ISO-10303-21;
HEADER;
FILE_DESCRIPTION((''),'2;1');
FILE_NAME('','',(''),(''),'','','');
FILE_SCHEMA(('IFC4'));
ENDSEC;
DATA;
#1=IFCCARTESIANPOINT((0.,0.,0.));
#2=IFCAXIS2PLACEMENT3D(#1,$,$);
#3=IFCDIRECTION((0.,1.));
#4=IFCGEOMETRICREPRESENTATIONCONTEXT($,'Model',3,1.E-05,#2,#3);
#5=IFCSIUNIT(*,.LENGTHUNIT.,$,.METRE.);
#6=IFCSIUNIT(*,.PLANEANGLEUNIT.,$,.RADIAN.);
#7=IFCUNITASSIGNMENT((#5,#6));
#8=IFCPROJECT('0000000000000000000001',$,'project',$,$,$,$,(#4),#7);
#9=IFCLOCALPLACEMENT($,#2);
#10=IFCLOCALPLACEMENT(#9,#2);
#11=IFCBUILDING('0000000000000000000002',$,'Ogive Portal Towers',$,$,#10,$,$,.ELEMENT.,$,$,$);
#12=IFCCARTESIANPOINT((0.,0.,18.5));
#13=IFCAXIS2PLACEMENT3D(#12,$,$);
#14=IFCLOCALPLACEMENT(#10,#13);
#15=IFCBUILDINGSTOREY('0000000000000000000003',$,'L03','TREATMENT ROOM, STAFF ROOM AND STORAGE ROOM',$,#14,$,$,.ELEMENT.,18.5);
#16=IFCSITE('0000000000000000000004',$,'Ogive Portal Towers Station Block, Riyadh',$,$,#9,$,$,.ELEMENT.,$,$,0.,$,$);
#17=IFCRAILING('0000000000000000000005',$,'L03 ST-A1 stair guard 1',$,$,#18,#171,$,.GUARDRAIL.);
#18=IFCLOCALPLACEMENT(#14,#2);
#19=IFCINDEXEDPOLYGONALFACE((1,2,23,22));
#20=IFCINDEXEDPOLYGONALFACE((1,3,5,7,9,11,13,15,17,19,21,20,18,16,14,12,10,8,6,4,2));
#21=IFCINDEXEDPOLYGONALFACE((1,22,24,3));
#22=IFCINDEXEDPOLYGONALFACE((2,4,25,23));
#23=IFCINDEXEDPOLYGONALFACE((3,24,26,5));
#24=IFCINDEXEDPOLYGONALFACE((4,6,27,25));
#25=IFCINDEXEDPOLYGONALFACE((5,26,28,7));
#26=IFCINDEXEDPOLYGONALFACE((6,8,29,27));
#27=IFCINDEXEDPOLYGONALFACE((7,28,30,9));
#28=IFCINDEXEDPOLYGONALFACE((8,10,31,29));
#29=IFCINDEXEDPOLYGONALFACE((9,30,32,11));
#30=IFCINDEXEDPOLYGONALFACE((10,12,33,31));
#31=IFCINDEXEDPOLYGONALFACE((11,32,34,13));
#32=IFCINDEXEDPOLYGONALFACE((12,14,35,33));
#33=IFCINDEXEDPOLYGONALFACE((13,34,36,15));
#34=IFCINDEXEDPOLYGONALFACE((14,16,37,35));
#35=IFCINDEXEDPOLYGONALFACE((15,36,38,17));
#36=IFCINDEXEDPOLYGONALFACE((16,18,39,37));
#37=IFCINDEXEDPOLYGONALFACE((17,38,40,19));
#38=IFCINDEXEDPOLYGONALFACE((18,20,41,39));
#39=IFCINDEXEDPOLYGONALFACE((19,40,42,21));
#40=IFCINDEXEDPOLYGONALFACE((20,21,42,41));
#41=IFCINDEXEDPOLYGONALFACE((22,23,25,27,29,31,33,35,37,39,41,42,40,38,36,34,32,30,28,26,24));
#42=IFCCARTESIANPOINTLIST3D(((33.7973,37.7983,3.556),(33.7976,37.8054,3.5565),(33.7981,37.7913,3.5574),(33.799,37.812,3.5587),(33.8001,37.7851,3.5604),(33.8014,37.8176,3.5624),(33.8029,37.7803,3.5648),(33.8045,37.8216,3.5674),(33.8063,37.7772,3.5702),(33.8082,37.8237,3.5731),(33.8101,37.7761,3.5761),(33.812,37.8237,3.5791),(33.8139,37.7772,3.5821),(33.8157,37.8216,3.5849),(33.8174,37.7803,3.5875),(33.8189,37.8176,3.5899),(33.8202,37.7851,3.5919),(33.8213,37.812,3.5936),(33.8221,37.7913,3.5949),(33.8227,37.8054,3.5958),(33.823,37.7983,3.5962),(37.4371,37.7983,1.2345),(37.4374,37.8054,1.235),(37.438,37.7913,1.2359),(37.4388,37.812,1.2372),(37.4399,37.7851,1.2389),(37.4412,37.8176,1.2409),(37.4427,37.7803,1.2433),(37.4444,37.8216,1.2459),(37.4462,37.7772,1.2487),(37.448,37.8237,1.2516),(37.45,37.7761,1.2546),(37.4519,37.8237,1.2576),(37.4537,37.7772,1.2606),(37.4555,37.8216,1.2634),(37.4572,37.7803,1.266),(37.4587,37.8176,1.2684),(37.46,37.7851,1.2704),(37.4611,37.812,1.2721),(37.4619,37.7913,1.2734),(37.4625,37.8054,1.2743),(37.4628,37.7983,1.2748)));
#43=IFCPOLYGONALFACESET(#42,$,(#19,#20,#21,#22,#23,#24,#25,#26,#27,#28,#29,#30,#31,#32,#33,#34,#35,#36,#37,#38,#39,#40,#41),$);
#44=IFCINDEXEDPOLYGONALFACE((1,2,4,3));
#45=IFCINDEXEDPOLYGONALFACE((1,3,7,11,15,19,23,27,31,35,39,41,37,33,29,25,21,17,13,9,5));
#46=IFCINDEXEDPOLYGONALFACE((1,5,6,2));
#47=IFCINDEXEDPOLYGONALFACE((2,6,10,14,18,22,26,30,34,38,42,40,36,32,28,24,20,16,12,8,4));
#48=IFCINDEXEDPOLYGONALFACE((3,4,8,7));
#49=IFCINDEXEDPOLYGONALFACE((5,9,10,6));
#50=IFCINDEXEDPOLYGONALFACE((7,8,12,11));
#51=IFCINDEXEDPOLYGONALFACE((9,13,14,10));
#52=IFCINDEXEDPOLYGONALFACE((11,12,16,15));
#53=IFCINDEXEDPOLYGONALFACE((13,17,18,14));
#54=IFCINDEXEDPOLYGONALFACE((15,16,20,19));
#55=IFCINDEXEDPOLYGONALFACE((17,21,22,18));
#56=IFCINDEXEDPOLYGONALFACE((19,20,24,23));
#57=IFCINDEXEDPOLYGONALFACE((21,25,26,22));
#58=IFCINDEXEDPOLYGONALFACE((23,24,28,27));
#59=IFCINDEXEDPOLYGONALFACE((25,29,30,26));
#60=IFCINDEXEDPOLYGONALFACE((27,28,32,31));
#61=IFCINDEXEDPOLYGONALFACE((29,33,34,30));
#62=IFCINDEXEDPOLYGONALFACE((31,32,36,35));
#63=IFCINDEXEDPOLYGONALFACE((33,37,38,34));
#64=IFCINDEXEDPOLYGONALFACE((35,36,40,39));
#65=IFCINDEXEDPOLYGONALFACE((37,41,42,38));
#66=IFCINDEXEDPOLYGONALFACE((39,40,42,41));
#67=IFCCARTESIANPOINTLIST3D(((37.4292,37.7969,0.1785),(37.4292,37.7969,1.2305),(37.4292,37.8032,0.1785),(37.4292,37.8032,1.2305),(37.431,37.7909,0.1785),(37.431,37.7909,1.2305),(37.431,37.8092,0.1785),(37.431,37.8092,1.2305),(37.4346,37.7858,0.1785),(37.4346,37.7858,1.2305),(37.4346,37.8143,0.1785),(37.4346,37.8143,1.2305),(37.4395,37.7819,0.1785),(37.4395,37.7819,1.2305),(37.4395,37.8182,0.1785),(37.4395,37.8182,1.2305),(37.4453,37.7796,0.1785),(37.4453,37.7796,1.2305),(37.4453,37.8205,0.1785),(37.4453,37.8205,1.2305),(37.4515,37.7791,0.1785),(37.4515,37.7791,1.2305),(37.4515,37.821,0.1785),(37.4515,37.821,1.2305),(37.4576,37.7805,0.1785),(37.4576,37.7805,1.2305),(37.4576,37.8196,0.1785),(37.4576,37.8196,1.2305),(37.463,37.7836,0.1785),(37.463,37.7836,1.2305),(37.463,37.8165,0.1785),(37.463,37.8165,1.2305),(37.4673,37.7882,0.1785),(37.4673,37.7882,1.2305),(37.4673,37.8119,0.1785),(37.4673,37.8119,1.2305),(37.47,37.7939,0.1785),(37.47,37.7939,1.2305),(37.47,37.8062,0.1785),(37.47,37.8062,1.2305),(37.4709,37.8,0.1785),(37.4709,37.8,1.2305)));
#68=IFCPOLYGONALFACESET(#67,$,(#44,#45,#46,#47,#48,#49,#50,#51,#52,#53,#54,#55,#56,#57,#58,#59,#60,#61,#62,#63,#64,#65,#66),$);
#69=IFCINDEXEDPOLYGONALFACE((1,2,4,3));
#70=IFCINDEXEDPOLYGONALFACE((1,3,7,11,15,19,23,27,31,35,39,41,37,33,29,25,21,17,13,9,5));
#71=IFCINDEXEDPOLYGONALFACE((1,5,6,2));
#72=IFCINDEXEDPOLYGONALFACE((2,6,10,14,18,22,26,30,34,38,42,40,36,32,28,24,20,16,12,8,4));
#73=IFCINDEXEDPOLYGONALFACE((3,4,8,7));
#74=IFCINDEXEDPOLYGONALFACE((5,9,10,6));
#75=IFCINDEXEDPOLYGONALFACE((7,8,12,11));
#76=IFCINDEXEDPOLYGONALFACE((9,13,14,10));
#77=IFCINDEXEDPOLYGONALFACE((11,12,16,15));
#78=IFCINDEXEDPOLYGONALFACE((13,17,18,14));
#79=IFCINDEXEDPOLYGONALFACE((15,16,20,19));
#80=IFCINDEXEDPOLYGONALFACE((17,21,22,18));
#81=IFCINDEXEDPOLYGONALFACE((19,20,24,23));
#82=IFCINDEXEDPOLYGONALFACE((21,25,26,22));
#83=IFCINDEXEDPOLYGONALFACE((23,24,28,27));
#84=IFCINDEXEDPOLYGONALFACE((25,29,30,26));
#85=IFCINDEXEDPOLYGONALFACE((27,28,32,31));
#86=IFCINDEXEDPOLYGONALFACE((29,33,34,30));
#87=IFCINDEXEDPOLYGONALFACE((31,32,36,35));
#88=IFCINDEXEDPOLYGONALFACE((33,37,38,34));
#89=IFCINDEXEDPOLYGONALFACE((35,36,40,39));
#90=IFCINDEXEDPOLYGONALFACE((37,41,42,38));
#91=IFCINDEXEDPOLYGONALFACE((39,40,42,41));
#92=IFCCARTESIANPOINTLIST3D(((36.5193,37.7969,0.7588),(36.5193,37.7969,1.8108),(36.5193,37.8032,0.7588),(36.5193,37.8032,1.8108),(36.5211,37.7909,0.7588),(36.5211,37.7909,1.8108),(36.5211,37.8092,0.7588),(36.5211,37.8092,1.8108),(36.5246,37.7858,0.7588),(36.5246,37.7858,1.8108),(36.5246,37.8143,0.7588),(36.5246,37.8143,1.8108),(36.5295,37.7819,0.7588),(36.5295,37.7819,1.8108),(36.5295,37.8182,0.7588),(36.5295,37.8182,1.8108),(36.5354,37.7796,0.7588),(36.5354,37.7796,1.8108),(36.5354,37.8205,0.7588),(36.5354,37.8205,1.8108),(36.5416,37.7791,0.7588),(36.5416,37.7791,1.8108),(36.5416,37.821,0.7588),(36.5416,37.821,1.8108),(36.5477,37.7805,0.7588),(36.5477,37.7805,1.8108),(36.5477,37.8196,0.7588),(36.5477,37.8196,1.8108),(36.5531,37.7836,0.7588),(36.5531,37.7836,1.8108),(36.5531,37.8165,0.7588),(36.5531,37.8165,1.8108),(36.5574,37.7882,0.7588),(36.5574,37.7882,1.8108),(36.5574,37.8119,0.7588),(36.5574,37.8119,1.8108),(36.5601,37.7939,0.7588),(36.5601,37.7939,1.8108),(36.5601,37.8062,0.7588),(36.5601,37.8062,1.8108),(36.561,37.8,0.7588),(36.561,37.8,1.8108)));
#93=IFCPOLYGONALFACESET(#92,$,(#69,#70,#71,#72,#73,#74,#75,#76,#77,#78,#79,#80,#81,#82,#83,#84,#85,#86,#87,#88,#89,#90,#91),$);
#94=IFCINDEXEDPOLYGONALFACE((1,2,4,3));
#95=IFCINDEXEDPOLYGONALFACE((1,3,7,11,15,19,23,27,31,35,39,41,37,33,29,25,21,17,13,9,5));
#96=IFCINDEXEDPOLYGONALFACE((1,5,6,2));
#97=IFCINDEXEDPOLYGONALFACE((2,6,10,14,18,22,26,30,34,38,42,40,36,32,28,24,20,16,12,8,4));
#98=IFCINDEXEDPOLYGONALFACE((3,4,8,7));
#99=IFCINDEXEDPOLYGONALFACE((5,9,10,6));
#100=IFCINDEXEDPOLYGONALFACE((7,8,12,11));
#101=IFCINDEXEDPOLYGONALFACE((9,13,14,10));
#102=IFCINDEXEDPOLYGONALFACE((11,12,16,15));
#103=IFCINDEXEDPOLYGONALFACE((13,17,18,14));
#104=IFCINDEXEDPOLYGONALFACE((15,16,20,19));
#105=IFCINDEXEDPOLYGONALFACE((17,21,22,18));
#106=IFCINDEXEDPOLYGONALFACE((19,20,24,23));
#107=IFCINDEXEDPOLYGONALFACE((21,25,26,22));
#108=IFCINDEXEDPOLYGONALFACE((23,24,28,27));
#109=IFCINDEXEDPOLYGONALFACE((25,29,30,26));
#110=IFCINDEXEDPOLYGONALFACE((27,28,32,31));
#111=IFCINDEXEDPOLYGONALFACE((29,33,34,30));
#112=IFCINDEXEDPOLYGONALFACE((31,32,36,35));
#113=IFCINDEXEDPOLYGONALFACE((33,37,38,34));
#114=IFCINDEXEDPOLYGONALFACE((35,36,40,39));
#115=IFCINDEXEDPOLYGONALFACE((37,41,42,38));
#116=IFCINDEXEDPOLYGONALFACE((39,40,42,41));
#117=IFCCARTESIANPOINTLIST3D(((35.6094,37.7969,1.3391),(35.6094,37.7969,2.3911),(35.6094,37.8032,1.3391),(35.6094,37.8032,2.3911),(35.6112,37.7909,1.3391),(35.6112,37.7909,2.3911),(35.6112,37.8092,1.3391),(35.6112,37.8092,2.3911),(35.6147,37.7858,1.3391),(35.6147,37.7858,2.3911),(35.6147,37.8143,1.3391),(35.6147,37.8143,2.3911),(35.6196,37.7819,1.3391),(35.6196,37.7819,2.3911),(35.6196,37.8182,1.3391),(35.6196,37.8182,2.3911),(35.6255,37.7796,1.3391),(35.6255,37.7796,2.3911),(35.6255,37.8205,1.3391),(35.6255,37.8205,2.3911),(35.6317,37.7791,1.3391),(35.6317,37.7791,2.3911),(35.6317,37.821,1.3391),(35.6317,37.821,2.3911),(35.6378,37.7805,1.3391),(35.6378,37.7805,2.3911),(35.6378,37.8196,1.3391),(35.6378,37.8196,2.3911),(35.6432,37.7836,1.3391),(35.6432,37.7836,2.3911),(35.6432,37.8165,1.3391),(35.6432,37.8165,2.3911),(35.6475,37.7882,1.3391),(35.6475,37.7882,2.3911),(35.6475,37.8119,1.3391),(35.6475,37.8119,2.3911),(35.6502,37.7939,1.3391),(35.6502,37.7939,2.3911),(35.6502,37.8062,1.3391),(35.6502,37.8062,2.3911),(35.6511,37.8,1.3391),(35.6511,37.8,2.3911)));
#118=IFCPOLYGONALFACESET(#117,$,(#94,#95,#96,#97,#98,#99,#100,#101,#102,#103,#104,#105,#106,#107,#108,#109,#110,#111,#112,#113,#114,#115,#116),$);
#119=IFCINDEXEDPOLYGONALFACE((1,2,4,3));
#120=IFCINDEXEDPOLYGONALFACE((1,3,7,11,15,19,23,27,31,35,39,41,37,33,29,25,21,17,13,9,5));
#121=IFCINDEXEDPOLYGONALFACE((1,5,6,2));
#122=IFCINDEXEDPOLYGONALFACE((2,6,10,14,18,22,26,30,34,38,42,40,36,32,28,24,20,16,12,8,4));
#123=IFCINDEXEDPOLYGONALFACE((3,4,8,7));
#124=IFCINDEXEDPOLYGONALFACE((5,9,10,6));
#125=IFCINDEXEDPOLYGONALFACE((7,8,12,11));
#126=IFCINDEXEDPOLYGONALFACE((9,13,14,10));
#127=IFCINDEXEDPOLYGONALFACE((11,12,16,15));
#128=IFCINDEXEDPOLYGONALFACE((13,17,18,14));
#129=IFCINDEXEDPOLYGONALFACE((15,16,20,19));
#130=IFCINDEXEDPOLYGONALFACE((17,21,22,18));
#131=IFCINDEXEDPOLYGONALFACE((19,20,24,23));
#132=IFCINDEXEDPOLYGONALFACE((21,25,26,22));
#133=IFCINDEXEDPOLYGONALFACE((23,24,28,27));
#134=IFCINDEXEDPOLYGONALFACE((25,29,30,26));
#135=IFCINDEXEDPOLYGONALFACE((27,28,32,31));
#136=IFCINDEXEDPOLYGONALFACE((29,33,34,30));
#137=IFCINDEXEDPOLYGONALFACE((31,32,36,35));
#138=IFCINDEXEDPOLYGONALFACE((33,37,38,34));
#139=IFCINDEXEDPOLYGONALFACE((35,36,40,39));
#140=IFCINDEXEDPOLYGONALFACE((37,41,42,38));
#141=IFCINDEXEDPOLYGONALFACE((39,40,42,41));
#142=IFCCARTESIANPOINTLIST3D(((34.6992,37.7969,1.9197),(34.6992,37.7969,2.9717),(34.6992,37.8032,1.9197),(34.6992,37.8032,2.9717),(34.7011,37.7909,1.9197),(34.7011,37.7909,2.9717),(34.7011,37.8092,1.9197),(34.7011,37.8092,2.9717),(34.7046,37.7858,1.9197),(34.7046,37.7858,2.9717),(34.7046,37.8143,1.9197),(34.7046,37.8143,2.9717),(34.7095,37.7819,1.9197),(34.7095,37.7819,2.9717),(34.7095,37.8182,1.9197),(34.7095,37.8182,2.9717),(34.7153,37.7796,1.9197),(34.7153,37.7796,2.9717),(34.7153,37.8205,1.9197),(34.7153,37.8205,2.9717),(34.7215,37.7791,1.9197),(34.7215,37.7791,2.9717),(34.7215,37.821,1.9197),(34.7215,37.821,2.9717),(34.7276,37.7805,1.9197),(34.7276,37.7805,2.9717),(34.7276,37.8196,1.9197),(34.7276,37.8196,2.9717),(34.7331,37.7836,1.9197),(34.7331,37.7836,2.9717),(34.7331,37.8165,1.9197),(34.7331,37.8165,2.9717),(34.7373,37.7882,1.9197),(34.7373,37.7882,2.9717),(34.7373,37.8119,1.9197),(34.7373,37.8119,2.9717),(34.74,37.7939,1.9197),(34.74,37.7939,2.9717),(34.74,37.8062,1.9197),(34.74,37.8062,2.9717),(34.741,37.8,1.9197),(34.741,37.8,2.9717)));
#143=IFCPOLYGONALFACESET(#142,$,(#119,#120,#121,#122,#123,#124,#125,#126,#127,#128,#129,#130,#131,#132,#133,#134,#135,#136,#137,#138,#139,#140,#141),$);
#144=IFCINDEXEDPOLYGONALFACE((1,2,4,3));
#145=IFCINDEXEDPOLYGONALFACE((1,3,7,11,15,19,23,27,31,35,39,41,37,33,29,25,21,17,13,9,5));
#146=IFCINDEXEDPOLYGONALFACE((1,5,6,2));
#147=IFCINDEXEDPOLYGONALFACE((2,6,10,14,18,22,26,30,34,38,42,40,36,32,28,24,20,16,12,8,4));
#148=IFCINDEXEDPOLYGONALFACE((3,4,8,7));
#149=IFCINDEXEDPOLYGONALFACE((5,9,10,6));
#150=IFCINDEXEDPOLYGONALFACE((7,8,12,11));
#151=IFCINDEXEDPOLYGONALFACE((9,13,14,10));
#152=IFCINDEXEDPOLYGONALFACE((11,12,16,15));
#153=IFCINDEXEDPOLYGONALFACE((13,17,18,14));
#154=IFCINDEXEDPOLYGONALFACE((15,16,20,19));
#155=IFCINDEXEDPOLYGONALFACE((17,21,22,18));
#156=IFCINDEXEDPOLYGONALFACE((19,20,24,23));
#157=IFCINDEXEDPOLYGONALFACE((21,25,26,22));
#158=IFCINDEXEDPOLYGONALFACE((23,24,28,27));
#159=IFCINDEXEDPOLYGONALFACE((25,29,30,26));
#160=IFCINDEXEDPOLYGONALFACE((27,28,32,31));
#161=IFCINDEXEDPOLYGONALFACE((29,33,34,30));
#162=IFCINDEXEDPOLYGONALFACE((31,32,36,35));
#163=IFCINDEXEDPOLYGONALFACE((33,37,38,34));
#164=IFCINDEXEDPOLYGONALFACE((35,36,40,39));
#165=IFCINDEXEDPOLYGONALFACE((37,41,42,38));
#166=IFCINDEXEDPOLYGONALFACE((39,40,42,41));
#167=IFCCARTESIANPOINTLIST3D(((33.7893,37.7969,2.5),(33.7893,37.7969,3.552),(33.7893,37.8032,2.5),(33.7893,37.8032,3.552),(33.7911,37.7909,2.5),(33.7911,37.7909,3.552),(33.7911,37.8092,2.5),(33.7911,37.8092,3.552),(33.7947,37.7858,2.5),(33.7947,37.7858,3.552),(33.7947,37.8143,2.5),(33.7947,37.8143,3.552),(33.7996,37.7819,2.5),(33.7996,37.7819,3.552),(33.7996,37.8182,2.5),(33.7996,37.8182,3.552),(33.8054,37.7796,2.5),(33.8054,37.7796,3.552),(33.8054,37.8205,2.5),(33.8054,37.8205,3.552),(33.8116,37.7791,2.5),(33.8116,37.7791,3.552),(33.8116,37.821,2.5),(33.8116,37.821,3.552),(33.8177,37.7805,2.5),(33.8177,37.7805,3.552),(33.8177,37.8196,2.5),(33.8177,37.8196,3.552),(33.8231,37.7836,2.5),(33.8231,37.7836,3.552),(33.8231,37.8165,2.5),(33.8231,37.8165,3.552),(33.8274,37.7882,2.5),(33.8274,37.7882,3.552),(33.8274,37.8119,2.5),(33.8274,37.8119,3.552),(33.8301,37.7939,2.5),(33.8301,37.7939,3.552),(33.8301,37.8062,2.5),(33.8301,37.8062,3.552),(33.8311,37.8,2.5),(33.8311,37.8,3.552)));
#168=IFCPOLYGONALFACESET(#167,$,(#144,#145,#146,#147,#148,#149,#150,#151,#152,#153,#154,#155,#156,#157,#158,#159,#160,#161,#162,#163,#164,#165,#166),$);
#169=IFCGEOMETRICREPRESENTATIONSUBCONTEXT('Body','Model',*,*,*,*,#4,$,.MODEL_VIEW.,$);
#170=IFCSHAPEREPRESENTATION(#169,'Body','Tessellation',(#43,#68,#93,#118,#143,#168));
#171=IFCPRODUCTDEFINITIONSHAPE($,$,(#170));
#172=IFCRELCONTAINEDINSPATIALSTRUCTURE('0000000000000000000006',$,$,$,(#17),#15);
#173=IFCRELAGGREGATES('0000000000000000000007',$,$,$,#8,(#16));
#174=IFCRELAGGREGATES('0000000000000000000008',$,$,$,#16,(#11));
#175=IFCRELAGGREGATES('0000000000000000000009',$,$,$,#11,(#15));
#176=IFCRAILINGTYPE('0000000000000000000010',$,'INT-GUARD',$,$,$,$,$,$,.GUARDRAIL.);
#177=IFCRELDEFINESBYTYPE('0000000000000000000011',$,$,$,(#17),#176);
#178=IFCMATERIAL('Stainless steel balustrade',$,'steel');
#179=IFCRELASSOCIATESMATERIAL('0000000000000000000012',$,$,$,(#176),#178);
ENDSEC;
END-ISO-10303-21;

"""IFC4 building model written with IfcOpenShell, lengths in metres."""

from ifc_helpers import new_model, si_unit, direction, frame, origin, origin_2d, place, context, subcontext, project, spatial, circle, extrude, material, type_object, element, save


model = new_model("IFC4")

# Units and contexts
model_context = context("Model", 3, precision=1e-05, world=origin(), true_north=direction((0.0, 1.0)))
body_context = subcontext(model_context, "Body", "Model", "MODEL_VIEW")
ifc_project = project(units=[si_unit("LENGTHUNIT", "METRE"), si_unit("PLANEANGLEUNIT", "RADIAN")], contexts=[model_context])

# Site, building, storey
site_placement = place(None, origin())
site = spatial("IfcSite", under=ifc_project, at=site_placement, Name="Ogive Portal Towers Station Block, Riyadh", CompositionType="ELEMENT", RefElevation=0.0)
building_placement = place(site_placement, origin())
building = spatial("IfcBuilding", under=site, at=building_placement, Name="Ogive Portal Towers", CompositionType="ELEMENT")
storey_placement = place(building_placement, frame((0.0, 0.0, 18.5)))
storey = spatial("IfcBuildingStorey", under=building, at=storey_placement, Name="L03", Description="TREATMENT ROOM, STAFF ROOM AND STORAGE ROOM", CompositionType="ELEMENT", Elevation=18.5)

# Railing
ifc_material_1 = material(Name="Stainless steel balustrade", Category="steel")
railing_type_1 = type_object("IfcRailingType", Name="INT-GUARD", PredefinedType="GUARDRAIL", material=ifc_material_1)
railing_1_placement = place(storey_placement, frame((37.45, 37.8, 0.1785)))
element("IfcRailing", 1, at=railing_1_placement, inside=storey, type_object=railing_type_1, Name="L03 ST-A1 stair guard 1", PredefinedType="GUARDRAIL", context=body_context, shape_type="SweptSolid", body=[
    extrude(circle(Radius=0.0239, at=origin_2d()), frame((0.0, 0.0, 1.0762), z_axis=(-0.843112, 0.0, 0.537739), x_axis=(0.0, -1.0, 0.0)), (0.0, 0.0, 1.0), 4.3171),
    extrude(circle(Radius=0.021, at=origin_2d()), origin(), (0.0, 0.0, 1.0), 1.052),
    extrude(circle(Radius=0.021, at=origin_2d()), frame((-0.9099, 0.0, 0.5803)), (0.0, 0.0, 1.0), 1.052),
    extrude(circle(Radius=0.021, at=origin_2d()), frame((-1.8198, 0.0, 1.1606)), (0.0, 0.0, 1.0), 1.052),
    extrude(circle(Radius=0.021, at=origin_2d()), frame((-2.73, 0.0, 1.7412)), (0.0, 0.0, 1.0), 1.052),
    extrude(circle(Radius=0.021, at=origin_2d()), frame((-3.6399, 0.0, 2.3215)), (0.0, 0.0, 1.0), 1.052),
])

save(model, "model.ifc")
